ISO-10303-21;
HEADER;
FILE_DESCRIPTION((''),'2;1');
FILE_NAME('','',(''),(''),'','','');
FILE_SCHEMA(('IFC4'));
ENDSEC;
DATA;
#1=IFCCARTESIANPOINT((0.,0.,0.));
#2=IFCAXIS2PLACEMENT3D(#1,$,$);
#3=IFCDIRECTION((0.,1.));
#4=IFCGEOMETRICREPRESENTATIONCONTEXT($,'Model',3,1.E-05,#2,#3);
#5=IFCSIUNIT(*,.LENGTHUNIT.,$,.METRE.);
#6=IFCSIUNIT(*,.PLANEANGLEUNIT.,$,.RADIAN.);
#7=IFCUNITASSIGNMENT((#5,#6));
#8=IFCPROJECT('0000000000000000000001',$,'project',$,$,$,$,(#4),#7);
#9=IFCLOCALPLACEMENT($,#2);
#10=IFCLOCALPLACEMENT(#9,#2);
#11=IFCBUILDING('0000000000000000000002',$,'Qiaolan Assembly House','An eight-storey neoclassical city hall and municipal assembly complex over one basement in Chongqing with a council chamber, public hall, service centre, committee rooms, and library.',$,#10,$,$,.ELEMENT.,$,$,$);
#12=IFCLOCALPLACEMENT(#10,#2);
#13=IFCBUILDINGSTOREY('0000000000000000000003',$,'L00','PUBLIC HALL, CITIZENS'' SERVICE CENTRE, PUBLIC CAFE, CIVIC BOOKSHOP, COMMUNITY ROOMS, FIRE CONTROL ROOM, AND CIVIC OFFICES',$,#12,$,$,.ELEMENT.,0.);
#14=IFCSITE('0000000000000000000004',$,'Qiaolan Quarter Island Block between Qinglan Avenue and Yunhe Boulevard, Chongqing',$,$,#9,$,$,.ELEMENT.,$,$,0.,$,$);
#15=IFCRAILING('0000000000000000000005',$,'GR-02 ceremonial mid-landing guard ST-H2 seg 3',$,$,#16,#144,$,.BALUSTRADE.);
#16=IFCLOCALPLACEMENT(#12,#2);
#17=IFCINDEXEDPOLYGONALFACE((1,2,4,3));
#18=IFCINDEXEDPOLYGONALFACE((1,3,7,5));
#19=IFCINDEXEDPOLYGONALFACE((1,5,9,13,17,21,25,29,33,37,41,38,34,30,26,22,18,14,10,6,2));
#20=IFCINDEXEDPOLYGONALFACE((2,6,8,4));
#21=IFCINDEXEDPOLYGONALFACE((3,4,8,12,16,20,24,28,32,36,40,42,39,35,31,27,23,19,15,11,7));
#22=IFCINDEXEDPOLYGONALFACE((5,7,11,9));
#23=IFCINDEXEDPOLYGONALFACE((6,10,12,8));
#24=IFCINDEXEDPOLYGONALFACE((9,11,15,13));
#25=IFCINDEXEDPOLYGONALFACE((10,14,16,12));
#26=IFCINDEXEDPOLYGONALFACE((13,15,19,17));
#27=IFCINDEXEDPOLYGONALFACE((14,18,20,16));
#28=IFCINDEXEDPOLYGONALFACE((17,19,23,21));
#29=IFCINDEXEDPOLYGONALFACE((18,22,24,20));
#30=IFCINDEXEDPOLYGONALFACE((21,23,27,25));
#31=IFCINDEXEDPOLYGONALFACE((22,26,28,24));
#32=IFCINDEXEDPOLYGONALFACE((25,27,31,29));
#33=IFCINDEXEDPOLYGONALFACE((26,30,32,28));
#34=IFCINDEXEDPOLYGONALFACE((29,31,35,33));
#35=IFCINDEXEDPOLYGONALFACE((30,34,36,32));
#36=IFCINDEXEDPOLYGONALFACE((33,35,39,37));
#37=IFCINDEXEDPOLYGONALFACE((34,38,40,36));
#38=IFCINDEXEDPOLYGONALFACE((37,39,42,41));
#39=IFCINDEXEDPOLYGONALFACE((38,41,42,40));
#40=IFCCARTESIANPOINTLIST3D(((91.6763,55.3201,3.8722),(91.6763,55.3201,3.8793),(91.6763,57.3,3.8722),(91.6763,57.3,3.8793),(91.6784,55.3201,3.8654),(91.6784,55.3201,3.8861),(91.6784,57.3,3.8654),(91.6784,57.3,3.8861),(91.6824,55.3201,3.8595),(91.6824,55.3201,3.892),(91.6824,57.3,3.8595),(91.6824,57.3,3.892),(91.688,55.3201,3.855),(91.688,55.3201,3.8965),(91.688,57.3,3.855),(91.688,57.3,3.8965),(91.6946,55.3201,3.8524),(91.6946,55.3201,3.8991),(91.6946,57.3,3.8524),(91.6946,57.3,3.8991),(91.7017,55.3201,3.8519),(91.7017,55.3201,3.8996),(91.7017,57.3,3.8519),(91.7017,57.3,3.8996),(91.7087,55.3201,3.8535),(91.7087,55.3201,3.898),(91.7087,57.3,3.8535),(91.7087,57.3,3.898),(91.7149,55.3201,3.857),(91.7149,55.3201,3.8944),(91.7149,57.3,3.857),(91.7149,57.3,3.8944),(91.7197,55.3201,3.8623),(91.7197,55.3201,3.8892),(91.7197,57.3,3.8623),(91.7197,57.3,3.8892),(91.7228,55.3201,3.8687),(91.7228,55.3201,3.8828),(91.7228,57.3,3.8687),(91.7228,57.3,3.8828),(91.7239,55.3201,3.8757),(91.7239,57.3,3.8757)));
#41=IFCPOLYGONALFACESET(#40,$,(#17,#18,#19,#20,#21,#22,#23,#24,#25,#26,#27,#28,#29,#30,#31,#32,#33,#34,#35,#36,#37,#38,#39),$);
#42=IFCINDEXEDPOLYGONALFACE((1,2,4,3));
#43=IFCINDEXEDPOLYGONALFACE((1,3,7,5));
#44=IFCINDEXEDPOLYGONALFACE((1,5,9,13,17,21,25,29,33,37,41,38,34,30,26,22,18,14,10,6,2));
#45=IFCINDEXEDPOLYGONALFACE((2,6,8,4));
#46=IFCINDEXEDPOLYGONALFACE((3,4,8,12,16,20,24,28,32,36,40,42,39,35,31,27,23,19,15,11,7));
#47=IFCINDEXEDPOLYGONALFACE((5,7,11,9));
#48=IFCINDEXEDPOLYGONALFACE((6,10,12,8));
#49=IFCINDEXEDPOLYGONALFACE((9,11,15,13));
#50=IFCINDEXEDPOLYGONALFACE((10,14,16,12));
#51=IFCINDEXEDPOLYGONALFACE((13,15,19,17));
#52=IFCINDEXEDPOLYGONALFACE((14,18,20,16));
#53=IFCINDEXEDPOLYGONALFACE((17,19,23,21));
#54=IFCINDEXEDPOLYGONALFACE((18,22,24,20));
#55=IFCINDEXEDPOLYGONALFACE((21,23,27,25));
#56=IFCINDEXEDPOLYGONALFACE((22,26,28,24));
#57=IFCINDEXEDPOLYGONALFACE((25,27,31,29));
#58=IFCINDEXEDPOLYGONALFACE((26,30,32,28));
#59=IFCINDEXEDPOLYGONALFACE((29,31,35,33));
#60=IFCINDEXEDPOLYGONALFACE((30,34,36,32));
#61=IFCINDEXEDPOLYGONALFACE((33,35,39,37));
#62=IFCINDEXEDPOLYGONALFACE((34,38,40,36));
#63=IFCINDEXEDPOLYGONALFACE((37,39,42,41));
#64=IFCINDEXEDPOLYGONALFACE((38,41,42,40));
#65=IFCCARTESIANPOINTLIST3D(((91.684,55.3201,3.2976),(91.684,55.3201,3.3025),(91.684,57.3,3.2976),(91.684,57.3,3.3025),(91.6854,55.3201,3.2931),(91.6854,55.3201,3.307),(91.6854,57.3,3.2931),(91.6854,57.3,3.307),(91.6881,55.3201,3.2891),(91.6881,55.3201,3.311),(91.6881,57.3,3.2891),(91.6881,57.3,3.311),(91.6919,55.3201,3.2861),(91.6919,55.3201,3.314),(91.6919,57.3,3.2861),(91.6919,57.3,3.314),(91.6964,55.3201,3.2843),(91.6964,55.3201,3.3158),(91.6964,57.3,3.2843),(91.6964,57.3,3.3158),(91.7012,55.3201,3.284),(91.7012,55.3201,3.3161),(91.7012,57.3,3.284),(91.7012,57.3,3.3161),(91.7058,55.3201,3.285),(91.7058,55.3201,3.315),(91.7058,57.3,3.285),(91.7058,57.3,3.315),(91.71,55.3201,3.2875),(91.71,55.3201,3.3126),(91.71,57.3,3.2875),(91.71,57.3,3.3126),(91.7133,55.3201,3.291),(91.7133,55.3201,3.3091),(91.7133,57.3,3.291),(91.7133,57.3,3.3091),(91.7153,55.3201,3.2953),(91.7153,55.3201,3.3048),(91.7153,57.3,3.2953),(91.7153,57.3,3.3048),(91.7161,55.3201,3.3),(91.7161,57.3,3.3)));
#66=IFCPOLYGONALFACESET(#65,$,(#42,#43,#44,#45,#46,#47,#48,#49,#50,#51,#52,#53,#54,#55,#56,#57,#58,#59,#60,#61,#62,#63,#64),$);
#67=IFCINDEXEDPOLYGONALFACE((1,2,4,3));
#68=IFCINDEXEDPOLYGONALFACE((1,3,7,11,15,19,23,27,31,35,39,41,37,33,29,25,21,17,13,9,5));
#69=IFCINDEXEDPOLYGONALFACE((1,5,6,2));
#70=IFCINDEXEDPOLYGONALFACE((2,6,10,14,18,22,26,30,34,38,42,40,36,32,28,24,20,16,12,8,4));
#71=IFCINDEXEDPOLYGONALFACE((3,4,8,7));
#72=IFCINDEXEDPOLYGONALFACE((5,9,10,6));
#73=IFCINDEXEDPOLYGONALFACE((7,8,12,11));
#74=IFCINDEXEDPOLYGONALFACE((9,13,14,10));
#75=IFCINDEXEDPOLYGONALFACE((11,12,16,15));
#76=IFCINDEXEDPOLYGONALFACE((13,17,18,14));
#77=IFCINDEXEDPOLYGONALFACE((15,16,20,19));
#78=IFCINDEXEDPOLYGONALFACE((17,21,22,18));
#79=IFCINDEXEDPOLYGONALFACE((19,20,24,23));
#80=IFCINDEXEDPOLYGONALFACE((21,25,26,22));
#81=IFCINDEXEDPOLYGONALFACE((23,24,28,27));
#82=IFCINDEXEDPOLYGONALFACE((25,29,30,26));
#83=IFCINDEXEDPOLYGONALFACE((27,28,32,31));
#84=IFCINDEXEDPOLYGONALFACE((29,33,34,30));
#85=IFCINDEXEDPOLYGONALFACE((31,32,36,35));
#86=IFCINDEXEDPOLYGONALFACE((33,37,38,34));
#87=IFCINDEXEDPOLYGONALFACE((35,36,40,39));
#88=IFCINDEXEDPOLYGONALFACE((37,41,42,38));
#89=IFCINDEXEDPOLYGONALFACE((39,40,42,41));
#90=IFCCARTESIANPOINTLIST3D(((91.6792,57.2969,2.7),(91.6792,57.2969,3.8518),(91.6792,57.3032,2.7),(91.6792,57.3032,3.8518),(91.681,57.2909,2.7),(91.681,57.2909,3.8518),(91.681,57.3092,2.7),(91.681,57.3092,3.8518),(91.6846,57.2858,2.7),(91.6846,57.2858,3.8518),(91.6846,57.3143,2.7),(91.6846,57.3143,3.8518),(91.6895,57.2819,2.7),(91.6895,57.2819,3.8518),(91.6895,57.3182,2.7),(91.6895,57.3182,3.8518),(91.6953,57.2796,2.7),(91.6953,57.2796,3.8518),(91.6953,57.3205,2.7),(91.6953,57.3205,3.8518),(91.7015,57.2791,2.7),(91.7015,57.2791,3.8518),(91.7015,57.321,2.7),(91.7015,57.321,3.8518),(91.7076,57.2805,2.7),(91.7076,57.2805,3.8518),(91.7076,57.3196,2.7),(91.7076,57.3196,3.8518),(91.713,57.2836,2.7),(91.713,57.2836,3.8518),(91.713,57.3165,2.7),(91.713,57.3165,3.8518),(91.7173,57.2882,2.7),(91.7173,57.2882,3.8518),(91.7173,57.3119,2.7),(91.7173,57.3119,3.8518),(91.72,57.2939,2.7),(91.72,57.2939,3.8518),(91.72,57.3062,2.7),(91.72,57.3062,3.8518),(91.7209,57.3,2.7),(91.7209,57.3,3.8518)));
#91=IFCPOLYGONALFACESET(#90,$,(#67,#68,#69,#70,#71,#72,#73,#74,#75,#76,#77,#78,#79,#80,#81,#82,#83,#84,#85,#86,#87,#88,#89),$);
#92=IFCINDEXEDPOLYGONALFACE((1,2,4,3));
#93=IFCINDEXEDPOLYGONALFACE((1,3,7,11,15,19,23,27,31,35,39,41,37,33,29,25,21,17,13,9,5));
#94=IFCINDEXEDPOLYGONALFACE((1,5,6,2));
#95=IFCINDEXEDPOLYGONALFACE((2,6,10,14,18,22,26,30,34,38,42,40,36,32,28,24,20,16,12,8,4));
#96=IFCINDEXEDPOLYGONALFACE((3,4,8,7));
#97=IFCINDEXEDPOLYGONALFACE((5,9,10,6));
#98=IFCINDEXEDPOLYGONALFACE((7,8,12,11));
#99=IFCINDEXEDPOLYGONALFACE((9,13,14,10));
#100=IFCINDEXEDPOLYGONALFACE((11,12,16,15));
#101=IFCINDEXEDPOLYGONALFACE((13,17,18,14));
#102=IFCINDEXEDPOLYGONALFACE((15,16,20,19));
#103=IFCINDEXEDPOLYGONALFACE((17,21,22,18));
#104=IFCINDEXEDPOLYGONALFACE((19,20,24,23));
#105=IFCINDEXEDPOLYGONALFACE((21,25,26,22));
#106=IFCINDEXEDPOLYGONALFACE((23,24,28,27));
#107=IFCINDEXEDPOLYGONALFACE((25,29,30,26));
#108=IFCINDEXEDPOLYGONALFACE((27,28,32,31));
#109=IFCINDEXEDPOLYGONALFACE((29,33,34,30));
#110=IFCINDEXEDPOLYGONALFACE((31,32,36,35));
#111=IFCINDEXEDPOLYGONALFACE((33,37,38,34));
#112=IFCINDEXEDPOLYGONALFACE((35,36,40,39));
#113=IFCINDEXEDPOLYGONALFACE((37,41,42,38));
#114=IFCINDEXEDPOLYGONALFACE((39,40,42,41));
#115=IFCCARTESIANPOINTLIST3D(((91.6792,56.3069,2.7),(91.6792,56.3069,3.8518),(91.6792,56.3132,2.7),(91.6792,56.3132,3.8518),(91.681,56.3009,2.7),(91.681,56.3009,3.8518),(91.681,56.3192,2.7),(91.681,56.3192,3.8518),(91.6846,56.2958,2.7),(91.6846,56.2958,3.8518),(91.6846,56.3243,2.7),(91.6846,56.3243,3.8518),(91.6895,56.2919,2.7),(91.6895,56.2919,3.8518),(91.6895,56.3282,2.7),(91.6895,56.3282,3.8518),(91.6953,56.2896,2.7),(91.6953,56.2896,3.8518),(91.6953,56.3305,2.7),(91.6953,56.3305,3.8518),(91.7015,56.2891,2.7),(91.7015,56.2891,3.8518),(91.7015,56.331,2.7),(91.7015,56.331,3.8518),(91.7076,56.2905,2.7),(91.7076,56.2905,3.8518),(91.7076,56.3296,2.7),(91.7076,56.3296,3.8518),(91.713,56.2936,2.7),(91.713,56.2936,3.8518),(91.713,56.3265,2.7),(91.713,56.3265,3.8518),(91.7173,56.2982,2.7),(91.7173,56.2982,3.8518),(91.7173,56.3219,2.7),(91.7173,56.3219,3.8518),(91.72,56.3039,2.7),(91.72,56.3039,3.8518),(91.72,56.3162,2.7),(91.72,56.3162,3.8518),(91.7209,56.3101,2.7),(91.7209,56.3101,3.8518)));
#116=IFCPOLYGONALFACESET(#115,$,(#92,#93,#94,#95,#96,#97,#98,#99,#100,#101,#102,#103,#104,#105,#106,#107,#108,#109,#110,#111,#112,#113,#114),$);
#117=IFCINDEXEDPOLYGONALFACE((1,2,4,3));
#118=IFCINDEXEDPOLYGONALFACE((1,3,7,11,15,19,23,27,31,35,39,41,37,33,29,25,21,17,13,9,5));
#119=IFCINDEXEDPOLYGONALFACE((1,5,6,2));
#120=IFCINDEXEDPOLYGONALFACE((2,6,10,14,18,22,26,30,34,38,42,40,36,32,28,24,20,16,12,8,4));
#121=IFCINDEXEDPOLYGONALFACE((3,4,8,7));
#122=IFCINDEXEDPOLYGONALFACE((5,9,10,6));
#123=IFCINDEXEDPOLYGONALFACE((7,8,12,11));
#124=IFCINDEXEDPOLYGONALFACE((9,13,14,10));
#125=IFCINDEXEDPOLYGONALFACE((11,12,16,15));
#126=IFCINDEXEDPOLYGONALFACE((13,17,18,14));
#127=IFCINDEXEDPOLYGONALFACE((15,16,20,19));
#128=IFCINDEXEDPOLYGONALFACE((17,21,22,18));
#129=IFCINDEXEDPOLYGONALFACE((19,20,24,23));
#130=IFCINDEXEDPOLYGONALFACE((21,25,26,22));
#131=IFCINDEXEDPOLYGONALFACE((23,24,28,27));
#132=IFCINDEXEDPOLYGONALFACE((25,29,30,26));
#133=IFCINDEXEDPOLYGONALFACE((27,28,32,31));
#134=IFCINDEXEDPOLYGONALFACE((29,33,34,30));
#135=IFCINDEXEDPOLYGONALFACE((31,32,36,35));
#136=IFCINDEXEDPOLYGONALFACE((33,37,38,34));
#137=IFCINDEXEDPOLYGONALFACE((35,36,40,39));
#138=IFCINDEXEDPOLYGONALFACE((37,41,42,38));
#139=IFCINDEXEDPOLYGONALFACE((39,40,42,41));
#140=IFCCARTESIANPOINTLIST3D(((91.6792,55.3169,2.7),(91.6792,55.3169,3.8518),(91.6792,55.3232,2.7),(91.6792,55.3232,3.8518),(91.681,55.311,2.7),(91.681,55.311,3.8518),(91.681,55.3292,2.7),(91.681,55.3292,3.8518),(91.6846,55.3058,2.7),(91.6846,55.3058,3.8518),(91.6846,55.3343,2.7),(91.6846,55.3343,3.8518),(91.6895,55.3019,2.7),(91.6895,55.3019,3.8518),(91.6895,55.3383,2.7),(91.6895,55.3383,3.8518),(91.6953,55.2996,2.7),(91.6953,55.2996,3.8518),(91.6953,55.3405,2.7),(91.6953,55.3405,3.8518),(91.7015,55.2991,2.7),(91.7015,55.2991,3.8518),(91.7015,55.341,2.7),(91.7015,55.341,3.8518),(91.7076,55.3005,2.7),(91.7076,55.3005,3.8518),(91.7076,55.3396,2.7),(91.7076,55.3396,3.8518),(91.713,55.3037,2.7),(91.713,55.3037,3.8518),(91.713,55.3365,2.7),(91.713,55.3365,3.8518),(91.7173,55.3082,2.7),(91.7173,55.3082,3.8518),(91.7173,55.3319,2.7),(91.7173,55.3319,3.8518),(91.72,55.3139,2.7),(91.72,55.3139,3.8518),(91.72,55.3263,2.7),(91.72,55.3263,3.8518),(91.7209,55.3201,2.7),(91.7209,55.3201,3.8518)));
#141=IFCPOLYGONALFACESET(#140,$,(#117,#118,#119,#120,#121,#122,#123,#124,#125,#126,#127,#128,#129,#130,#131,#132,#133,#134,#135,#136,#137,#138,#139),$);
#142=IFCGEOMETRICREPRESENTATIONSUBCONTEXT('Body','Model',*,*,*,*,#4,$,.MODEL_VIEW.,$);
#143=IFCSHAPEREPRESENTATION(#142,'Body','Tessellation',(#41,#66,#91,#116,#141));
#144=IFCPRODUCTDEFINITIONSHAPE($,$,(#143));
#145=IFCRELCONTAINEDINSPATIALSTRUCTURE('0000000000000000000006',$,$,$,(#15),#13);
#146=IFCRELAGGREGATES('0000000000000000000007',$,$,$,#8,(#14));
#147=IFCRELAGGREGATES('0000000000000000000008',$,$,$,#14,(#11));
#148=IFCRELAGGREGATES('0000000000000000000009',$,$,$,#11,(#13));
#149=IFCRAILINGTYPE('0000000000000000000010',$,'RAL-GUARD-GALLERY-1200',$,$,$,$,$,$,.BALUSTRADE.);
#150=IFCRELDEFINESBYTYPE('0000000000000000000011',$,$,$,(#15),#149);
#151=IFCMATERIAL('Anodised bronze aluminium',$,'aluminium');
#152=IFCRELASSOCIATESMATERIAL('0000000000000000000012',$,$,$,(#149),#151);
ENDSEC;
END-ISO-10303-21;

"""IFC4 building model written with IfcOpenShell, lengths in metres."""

from ifc_helpers import new_model, si_unit, direction, frame, origin, origin_2d, place, context, subcontext, project, spatial, circle, extrude, material, type_object, element, save


model = new_model("IFC4")

# Units and contexts
model_context = context("Model", 3, precision=1e-05, world=origin(), true_north=direction((0.0, 1.0)))
body_context = subcontext(model_context, "Body", "Model", "MODEL_VIEW")
ifc_project = project(units=[si_unit("LENGTHUNIT", "METRE"), si_unit("PLANEANGLEUNIT", "RADIAN")], contexts=[model_context])

# Site, building, storey
site_placement = place(None, origin())
site = spatial("IfcSite", under=ifc_project, at=site_placement, Name="Qiaolan Quarter Island Block between Qinglan Avenue and Yunhe Boulevard, Chongqing", CompositionType="ELEMENT", RefElevation=0.0)
building_placement = place(site_placement, origin())
building = spatial("IfcBuilding", under=site, at=building_placement, Name="Qiaolan Assembly House", Description="An eight-storey neoclassical city hall and municipal assembly complex over one basement in Chongqing with a council chamber, public hall, service centre, committee rooms, and library.", CompositionType="ELEMENT")
storey_placement = place(building_placement, origin())
storey = spatial("IfcBuildingStorey", under=building, at=storey_placement, Name="L00", Description="PUBLIC HALL, CITIZENS' SERVICE CENTRE, PUBLIC CAFE, CIVIC BOOKSHOP, COMMUNITY ROOMS, FIRE CONTROL ROOM, AND CIVIC OFFICES", CompositionType="ELEMENT", Elevation=0.0)

# Railing
ifc_material_1 = material(Name="Anodised bronze aluminium", Category="aluminium")
railing_type = type_object("IfcRailingType", Name="RAL-GUARD-GALLERY-1200", PredefinedType="BALUSTRADE", material=ifc_material_1)
railing_1_placement = place(storey_placement, frame((91.7, 57.3, 2.7)))
element("IfcRailing", 1, at=railing_1_placement, inside=storey, type_object=railing_type, Name="GR-02 ceremonial mid-landing guard ST-H2 seg 3", PredefinedType="BALUSTRADE", context=body_context, shape_type="SweptSolid", body=[
    extrude(circle(Radius=0.0239, at=origin_2d()), frame((0.0, 0.0, 1.1758), z_axis=(0.0, -1.0, 0.0), x_axis=(1.0, 0.0, 0.0)), (0.0, 0.0, 1.0), 1.98),
    extrude(circle(Radius=0.0161, at=origin_2d()), frame((0.0, 0.0, 0.6001), z_axis=(0.0, -1.0, 0.0), x_axis=(1.0, 0.0, 0.0)), (0.0, 0.0, 1.0), 1.98),
    extrude(circle(Radius=0.021, at=origin_2d()), origin(), (0.0, 0.0, 1.0), 1.1519),
    extrude(circle(Radius=0.021, at=origin_2d()), frame((0.0, -0.99, 0.0)), (0.0, 0.0, 1.0), 1.1519),
    extrude(circle(Radius=0.021, at=origin_2d()), frame((0.0, -1.98, 0.0)), (0.0, 0.0, 1.0), 1.1519),
])

save(model, "model.ifc")
